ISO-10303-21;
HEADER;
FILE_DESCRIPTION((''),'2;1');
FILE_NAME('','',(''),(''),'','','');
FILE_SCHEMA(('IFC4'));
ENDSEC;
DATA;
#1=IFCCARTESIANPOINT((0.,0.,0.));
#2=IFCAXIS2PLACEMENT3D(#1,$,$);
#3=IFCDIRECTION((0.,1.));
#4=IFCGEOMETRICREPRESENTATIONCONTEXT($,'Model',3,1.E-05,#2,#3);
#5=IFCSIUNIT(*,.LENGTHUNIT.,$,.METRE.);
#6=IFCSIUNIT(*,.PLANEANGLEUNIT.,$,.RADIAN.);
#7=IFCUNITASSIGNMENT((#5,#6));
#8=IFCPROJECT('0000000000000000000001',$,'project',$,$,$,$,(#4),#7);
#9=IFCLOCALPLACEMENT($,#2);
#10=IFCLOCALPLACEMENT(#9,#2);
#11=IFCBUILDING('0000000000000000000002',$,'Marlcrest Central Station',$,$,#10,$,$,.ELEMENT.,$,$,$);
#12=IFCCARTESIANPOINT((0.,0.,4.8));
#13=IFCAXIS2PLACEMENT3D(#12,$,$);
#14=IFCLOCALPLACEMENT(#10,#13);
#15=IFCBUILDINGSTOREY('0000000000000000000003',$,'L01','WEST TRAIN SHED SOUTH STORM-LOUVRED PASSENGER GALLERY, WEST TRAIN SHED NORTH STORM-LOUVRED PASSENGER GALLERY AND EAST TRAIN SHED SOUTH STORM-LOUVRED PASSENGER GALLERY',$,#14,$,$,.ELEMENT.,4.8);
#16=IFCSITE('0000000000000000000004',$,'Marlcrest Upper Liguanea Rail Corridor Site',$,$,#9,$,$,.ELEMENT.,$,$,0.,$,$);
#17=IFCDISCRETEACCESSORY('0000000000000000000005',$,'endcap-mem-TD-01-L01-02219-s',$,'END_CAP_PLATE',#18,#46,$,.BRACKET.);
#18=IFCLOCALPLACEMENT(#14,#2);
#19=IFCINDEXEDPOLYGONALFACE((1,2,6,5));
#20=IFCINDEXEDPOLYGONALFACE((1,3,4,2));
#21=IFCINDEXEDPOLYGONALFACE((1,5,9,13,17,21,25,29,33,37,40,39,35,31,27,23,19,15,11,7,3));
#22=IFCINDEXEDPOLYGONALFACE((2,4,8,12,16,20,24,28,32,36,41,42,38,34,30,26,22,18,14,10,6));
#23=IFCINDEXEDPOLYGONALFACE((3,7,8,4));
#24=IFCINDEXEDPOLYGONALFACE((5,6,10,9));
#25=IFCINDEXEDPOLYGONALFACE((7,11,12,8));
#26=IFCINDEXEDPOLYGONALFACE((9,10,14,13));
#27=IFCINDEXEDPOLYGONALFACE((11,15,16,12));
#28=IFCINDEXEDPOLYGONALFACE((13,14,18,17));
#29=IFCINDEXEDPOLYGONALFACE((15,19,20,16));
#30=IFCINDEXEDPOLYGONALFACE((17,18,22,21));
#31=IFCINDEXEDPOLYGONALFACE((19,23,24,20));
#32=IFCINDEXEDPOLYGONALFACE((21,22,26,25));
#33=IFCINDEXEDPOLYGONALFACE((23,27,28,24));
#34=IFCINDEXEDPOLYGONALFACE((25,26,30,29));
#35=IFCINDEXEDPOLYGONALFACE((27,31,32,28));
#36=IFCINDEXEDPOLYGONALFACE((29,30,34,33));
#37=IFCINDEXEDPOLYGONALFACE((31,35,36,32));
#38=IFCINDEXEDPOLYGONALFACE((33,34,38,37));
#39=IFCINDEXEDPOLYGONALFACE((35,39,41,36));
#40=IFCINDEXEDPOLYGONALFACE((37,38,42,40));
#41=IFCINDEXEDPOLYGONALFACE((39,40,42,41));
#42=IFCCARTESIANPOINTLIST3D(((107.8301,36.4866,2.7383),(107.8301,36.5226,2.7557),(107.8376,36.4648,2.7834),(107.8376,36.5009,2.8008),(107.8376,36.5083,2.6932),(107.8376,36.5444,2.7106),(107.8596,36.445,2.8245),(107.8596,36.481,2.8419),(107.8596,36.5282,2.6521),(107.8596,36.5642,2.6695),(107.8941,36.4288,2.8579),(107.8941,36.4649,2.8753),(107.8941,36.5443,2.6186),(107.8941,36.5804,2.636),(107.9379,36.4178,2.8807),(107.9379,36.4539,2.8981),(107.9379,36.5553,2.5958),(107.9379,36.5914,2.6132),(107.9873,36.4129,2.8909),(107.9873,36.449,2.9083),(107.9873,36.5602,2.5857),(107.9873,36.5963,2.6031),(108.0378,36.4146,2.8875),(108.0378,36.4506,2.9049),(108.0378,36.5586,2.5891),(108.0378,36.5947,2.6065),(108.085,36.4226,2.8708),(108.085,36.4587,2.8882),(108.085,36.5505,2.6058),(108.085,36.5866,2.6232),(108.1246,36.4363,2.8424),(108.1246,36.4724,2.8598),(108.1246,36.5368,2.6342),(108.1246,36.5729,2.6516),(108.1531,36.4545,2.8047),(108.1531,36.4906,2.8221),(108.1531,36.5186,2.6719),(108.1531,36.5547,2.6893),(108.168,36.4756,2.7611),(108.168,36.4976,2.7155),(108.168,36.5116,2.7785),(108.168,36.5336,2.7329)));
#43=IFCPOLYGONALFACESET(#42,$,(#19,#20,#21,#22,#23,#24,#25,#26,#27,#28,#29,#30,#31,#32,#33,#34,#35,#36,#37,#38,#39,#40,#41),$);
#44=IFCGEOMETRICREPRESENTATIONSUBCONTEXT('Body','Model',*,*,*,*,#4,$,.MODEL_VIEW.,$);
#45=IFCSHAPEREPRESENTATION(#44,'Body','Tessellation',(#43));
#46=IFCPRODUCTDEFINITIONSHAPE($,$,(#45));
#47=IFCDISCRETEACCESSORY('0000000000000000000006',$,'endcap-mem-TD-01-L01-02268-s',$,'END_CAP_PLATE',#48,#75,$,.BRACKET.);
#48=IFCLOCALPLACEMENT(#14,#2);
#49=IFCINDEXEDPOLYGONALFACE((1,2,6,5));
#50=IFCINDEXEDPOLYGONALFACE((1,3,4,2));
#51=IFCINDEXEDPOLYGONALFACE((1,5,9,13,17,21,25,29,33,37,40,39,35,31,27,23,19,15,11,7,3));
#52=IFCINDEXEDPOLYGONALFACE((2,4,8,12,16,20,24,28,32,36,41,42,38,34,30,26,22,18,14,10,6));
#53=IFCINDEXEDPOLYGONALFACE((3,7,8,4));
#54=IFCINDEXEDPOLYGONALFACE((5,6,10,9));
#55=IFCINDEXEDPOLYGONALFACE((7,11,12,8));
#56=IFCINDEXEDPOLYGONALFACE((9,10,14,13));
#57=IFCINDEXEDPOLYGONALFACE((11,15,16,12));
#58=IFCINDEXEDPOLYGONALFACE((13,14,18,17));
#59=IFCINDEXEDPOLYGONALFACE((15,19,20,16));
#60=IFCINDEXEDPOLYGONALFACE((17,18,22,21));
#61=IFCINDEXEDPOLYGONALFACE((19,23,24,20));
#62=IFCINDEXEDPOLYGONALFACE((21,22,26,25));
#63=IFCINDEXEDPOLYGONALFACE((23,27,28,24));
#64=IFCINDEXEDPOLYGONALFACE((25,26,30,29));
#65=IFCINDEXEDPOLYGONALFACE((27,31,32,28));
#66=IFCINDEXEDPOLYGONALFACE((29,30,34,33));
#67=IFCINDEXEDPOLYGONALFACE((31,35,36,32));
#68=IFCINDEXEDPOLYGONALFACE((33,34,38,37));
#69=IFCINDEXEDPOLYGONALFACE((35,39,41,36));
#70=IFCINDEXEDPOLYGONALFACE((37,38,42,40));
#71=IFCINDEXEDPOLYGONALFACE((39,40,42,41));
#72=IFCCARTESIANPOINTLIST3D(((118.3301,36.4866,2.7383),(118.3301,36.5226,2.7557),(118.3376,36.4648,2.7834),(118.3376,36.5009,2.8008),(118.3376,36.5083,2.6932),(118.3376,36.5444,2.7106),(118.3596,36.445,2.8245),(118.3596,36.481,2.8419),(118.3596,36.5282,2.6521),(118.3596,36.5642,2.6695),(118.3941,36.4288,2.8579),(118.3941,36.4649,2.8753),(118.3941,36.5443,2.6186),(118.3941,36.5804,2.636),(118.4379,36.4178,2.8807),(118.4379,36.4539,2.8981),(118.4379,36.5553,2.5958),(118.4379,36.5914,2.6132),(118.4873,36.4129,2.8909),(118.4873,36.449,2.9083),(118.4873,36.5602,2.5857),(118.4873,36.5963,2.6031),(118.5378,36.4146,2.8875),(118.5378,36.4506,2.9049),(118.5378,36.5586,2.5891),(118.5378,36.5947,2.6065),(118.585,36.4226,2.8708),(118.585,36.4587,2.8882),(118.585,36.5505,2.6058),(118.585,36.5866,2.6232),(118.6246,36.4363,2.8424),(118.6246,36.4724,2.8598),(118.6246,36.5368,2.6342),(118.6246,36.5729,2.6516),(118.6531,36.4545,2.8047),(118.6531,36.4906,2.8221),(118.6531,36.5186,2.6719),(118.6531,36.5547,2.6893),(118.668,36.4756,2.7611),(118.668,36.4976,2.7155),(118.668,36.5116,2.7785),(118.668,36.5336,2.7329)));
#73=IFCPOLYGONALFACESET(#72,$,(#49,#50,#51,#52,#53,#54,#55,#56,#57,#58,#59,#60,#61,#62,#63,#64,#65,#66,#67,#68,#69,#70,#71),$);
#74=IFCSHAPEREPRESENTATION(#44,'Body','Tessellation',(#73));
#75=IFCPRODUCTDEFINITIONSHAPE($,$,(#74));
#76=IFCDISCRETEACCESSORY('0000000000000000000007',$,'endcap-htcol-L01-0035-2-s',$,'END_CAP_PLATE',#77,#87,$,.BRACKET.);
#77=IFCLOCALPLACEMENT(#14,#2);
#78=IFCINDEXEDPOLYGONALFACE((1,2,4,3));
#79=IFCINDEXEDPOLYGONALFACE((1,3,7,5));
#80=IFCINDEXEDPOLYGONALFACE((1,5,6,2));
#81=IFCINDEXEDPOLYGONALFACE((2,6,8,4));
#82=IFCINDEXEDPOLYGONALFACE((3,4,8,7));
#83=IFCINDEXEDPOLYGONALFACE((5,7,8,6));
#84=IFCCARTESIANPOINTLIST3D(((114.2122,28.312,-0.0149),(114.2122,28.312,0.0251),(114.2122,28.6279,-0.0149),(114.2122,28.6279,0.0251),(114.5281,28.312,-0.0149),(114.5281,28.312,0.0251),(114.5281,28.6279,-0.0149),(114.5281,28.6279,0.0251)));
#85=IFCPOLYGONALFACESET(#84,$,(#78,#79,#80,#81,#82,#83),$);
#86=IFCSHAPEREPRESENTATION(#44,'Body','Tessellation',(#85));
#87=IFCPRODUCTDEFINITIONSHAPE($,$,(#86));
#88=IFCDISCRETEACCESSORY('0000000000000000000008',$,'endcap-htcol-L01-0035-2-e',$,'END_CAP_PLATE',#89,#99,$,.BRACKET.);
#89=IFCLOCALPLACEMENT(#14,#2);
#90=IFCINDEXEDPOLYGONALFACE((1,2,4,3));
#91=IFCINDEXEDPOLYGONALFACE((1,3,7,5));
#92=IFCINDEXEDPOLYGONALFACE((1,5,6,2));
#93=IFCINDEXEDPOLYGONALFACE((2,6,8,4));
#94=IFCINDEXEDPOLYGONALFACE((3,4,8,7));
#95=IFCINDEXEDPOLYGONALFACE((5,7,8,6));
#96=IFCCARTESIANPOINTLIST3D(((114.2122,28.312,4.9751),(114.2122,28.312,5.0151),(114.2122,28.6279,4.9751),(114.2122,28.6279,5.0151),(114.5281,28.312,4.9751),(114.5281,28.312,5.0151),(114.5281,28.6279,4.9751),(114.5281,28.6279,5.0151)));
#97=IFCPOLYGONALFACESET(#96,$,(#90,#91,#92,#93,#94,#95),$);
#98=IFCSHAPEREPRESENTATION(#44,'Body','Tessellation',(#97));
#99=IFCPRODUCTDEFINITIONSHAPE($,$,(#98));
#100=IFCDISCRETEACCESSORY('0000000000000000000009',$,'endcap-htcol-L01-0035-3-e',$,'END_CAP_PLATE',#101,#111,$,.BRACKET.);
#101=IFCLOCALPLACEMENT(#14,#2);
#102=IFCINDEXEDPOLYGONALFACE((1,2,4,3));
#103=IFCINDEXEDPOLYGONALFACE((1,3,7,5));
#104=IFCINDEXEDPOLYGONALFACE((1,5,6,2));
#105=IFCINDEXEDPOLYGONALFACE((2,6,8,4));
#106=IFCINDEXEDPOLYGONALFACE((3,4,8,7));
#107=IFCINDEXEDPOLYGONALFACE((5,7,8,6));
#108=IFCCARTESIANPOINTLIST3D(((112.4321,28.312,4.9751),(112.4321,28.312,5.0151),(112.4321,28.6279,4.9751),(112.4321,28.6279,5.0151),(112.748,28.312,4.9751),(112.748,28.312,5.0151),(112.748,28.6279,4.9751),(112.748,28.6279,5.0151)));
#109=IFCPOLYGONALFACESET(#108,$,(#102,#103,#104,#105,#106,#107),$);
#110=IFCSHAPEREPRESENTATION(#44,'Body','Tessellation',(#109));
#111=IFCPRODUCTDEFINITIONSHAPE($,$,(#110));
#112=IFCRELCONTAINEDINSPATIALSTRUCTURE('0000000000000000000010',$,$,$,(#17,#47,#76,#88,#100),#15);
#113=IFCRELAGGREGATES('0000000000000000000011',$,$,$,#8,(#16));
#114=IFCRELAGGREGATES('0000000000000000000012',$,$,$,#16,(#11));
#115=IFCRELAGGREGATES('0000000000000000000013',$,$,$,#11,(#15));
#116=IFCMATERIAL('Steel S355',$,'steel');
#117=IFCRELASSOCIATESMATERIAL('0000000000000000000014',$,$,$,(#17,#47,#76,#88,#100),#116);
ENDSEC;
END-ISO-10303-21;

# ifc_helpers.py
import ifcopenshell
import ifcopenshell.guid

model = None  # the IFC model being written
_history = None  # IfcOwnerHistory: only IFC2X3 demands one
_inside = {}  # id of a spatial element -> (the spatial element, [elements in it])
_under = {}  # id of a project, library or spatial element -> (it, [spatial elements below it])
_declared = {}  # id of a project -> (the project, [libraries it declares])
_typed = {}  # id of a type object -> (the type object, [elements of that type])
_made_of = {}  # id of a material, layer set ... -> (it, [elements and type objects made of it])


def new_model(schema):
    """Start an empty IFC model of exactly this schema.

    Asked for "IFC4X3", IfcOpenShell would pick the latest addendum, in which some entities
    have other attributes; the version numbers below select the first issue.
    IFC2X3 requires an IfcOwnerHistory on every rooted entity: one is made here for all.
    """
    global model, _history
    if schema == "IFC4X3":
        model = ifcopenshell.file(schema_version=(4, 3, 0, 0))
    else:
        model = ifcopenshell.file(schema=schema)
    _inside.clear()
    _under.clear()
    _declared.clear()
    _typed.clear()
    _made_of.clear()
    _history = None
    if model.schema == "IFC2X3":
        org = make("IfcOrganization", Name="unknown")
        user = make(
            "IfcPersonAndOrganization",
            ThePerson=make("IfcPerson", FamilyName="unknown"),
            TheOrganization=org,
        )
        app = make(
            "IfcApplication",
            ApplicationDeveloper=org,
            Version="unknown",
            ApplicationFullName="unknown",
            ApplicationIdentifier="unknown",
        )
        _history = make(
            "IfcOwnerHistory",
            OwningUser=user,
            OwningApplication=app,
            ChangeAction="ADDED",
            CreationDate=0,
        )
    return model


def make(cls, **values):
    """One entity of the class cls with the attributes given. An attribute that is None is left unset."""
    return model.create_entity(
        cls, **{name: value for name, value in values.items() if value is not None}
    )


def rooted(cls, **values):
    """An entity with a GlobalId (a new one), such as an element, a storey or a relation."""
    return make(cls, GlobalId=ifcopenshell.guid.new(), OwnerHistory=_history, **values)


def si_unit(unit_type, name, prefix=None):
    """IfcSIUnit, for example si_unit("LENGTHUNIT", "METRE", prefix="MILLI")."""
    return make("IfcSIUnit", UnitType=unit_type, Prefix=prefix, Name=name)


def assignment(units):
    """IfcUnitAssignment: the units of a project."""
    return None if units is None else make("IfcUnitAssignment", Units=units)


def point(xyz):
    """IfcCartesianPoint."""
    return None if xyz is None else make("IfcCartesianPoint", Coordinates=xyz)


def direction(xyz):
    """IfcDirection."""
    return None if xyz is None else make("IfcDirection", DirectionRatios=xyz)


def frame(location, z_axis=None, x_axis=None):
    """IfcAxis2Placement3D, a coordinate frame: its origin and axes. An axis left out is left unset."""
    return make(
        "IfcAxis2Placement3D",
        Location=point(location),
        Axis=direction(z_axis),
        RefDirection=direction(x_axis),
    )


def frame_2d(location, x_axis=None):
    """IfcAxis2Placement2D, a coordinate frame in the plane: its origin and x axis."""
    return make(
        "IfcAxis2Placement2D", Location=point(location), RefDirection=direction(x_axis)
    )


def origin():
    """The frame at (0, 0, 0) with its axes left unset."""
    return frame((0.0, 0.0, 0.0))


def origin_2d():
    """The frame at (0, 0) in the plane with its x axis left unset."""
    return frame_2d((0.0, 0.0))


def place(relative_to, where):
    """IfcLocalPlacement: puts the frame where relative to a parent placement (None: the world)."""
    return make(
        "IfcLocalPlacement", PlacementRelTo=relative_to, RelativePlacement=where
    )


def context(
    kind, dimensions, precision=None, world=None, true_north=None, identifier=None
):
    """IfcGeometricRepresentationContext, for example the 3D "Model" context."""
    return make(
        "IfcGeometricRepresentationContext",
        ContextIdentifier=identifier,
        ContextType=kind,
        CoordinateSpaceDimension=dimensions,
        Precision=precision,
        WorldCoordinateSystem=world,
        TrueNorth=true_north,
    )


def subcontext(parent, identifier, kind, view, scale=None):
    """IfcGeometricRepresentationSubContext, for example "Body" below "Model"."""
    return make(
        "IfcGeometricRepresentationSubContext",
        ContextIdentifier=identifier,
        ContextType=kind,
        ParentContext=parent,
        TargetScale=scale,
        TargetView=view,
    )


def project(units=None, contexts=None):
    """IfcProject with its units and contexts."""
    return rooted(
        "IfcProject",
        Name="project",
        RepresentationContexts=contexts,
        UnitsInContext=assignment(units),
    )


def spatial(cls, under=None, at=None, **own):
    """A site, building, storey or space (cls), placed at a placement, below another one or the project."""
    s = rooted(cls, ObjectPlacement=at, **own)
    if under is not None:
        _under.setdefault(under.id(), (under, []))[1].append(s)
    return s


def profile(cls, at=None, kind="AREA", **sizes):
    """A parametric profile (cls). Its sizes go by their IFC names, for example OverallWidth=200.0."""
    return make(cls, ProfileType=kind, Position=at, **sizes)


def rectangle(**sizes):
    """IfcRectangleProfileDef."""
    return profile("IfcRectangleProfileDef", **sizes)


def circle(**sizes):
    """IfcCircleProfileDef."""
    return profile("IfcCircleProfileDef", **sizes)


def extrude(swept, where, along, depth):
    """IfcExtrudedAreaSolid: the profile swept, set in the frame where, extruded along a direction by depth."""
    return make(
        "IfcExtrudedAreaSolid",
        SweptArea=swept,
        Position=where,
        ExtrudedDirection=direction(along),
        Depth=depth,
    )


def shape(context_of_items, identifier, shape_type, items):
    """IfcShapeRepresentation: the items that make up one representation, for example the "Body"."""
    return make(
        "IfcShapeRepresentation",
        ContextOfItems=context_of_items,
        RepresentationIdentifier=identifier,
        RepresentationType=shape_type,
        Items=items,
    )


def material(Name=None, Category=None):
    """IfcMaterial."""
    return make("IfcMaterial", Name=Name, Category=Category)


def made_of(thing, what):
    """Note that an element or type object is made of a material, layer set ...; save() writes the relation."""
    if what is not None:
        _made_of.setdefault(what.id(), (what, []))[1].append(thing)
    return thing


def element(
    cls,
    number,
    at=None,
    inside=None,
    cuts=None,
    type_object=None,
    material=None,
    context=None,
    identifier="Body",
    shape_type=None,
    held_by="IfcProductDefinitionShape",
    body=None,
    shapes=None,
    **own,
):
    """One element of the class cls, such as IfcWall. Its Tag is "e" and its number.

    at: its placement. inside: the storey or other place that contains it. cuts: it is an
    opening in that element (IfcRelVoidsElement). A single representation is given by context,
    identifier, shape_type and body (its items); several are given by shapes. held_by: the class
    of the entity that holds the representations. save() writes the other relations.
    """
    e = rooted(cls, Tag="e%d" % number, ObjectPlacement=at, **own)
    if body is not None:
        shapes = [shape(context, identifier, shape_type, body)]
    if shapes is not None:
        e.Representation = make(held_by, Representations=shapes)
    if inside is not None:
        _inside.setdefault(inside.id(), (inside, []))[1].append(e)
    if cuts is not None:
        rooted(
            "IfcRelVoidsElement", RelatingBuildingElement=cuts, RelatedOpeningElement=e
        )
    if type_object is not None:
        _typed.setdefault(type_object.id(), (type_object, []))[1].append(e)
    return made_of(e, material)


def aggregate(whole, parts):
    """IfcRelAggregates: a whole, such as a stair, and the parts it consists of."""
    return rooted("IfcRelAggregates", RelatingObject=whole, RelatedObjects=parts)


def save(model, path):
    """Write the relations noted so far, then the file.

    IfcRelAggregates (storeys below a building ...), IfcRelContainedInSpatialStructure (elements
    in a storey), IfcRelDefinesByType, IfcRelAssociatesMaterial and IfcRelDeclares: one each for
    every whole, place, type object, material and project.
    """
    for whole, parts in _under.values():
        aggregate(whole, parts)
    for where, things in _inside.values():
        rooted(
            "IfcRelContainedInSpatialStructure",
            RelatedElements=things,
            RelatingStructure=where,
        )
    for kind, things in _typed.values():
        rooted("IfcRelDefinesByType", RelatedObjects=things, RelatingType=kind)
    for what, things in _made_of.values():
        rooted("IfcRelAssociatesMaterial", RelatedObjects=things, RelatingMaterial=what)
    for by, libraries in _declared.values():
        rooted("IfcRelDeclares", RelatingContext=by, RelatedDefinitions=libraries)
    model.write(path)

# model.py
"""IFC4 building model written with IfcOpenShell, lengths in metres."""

from ifc_helpers import new_model, si_unit, direction, frame, origin, origin_2d, place, context, subcontext, project, spatial, rectangle, circle, extrude, material, element, save


model = new_model("IFC4")

# Units and contexts
model_context = context("Model", 3, precision=1e-05, world=origin(), true_north=direction((0.0, 1.0)))
body_context = subcontext(model_context, "Body", "Model", "MODEL_VIEW")
ifc_project = project(units=[si_unit("LENGTHUNIT", "METRE"), si_unit("PLANEANGLEUNIT", "RADIAN")], contexts=[model_context])

# Site, building, storey
site_placement = place(None, origin())
site = spatial("IfcSite", under=ifc_project, at=site_placement, Name="Marlcrest Upper Liguanea Rail Corridor Site", CompositionType="ELEMENT", RefElevation=0.0)
building_placement = place(site_placement, origin())
building = spatial("IfcBuilding", under=site, at=building_placement, Name="Marlcrest Central Station", CompositionType="ELEMENT")
storey_placement = place(building_placement, frame((0.0, 0.0, 4.8)))
storey = spatial("IfcBuildingStorey", under=building, at=storey_placement, Name="L01", Description="WEST TRAIN SHED SOUTH STORM-LOUVRED PASSENGER GALLERY, WEST TRAIN SHED NORTH STORM-LOUVRED PASSENGER GALLERY AND EAST TRAIN SHED SOUTH STORM-LOUVRED PASSENGER GALLERY", CompositionType="ELEMENT", Elevation=4.8)

# Shared definitions
ifc_material_1 = material(Name="Steel S355", Category="steel")

# Discrete accessories
for number, where, z_axis, x_axis, name in (
    (1, (108.0, 36.4866, 2.7383), (0.0, 0.900552, 0.434749), (-1.0, 0.0, 0.0), "endcap-mem-TD-01-L01-02219-s"),
    (2, (118.5, 36.4866, 2.7383), (0.0, 0.900552, 0.434749), (-1.0, 0.0, 0.0), "endcap-mem-TD-01-L01-02268-s"),
):
    element("IfcDiscreteAccessory", number, at=place(storey_placement, frame(where, z_axis=z_axis, x_axis=x_axis)), inside=storey, material=ifc_material_1, Name=name, ObjectType="END_CAP_PLATE", PredefinedType="BRACKET", context=body_context, shape_type="SweptSolid", body=[
        extrude(circle(Radius=0.1699, at=origin_2d()), origin(), (0.0, 0.0, 1.0), 0.04),
    ])
for number, where, z_axis, x_axis, name in (
    (3, (114.3701, 28.47, -0.0149), (0.0, 0.0, 1.0), (1.0, 0.0, 0.0), "endcap-htcol-L01-0035-2-s"),
    (4, (114.3701, 28.47, 4.9751), (0.0, 0.0, 1.0), (1.0, 0.0, 0.0), "endcap-htcol-L01-0035-2-e"),
    (5, (112.5901, 28.47, 4.9751), (0.0, 0.0, 1.0), (1.0, 0.0, 0.0), "endcap-htcol-L01-0035-3-e"),
):
    element("IfcDiscreteAccessory", number, at=place(storey_placement, frame(where, z_axis=z_axis, x_axis=x_axis)), inside=storey, material=ifc_material_1, Name=name, ObjectType="END_CAP_PLATE", PredefinedType="BRACKET", context=body_context, shape_type="SweptSolid", body=[
        extrude(rectangle(XDim=0.3159, YDim=0.3159, at=origin_2d()), origin(), (0.0, 0.0, 1.0), 0.04),
    ])

save(model, "model.ifc")
